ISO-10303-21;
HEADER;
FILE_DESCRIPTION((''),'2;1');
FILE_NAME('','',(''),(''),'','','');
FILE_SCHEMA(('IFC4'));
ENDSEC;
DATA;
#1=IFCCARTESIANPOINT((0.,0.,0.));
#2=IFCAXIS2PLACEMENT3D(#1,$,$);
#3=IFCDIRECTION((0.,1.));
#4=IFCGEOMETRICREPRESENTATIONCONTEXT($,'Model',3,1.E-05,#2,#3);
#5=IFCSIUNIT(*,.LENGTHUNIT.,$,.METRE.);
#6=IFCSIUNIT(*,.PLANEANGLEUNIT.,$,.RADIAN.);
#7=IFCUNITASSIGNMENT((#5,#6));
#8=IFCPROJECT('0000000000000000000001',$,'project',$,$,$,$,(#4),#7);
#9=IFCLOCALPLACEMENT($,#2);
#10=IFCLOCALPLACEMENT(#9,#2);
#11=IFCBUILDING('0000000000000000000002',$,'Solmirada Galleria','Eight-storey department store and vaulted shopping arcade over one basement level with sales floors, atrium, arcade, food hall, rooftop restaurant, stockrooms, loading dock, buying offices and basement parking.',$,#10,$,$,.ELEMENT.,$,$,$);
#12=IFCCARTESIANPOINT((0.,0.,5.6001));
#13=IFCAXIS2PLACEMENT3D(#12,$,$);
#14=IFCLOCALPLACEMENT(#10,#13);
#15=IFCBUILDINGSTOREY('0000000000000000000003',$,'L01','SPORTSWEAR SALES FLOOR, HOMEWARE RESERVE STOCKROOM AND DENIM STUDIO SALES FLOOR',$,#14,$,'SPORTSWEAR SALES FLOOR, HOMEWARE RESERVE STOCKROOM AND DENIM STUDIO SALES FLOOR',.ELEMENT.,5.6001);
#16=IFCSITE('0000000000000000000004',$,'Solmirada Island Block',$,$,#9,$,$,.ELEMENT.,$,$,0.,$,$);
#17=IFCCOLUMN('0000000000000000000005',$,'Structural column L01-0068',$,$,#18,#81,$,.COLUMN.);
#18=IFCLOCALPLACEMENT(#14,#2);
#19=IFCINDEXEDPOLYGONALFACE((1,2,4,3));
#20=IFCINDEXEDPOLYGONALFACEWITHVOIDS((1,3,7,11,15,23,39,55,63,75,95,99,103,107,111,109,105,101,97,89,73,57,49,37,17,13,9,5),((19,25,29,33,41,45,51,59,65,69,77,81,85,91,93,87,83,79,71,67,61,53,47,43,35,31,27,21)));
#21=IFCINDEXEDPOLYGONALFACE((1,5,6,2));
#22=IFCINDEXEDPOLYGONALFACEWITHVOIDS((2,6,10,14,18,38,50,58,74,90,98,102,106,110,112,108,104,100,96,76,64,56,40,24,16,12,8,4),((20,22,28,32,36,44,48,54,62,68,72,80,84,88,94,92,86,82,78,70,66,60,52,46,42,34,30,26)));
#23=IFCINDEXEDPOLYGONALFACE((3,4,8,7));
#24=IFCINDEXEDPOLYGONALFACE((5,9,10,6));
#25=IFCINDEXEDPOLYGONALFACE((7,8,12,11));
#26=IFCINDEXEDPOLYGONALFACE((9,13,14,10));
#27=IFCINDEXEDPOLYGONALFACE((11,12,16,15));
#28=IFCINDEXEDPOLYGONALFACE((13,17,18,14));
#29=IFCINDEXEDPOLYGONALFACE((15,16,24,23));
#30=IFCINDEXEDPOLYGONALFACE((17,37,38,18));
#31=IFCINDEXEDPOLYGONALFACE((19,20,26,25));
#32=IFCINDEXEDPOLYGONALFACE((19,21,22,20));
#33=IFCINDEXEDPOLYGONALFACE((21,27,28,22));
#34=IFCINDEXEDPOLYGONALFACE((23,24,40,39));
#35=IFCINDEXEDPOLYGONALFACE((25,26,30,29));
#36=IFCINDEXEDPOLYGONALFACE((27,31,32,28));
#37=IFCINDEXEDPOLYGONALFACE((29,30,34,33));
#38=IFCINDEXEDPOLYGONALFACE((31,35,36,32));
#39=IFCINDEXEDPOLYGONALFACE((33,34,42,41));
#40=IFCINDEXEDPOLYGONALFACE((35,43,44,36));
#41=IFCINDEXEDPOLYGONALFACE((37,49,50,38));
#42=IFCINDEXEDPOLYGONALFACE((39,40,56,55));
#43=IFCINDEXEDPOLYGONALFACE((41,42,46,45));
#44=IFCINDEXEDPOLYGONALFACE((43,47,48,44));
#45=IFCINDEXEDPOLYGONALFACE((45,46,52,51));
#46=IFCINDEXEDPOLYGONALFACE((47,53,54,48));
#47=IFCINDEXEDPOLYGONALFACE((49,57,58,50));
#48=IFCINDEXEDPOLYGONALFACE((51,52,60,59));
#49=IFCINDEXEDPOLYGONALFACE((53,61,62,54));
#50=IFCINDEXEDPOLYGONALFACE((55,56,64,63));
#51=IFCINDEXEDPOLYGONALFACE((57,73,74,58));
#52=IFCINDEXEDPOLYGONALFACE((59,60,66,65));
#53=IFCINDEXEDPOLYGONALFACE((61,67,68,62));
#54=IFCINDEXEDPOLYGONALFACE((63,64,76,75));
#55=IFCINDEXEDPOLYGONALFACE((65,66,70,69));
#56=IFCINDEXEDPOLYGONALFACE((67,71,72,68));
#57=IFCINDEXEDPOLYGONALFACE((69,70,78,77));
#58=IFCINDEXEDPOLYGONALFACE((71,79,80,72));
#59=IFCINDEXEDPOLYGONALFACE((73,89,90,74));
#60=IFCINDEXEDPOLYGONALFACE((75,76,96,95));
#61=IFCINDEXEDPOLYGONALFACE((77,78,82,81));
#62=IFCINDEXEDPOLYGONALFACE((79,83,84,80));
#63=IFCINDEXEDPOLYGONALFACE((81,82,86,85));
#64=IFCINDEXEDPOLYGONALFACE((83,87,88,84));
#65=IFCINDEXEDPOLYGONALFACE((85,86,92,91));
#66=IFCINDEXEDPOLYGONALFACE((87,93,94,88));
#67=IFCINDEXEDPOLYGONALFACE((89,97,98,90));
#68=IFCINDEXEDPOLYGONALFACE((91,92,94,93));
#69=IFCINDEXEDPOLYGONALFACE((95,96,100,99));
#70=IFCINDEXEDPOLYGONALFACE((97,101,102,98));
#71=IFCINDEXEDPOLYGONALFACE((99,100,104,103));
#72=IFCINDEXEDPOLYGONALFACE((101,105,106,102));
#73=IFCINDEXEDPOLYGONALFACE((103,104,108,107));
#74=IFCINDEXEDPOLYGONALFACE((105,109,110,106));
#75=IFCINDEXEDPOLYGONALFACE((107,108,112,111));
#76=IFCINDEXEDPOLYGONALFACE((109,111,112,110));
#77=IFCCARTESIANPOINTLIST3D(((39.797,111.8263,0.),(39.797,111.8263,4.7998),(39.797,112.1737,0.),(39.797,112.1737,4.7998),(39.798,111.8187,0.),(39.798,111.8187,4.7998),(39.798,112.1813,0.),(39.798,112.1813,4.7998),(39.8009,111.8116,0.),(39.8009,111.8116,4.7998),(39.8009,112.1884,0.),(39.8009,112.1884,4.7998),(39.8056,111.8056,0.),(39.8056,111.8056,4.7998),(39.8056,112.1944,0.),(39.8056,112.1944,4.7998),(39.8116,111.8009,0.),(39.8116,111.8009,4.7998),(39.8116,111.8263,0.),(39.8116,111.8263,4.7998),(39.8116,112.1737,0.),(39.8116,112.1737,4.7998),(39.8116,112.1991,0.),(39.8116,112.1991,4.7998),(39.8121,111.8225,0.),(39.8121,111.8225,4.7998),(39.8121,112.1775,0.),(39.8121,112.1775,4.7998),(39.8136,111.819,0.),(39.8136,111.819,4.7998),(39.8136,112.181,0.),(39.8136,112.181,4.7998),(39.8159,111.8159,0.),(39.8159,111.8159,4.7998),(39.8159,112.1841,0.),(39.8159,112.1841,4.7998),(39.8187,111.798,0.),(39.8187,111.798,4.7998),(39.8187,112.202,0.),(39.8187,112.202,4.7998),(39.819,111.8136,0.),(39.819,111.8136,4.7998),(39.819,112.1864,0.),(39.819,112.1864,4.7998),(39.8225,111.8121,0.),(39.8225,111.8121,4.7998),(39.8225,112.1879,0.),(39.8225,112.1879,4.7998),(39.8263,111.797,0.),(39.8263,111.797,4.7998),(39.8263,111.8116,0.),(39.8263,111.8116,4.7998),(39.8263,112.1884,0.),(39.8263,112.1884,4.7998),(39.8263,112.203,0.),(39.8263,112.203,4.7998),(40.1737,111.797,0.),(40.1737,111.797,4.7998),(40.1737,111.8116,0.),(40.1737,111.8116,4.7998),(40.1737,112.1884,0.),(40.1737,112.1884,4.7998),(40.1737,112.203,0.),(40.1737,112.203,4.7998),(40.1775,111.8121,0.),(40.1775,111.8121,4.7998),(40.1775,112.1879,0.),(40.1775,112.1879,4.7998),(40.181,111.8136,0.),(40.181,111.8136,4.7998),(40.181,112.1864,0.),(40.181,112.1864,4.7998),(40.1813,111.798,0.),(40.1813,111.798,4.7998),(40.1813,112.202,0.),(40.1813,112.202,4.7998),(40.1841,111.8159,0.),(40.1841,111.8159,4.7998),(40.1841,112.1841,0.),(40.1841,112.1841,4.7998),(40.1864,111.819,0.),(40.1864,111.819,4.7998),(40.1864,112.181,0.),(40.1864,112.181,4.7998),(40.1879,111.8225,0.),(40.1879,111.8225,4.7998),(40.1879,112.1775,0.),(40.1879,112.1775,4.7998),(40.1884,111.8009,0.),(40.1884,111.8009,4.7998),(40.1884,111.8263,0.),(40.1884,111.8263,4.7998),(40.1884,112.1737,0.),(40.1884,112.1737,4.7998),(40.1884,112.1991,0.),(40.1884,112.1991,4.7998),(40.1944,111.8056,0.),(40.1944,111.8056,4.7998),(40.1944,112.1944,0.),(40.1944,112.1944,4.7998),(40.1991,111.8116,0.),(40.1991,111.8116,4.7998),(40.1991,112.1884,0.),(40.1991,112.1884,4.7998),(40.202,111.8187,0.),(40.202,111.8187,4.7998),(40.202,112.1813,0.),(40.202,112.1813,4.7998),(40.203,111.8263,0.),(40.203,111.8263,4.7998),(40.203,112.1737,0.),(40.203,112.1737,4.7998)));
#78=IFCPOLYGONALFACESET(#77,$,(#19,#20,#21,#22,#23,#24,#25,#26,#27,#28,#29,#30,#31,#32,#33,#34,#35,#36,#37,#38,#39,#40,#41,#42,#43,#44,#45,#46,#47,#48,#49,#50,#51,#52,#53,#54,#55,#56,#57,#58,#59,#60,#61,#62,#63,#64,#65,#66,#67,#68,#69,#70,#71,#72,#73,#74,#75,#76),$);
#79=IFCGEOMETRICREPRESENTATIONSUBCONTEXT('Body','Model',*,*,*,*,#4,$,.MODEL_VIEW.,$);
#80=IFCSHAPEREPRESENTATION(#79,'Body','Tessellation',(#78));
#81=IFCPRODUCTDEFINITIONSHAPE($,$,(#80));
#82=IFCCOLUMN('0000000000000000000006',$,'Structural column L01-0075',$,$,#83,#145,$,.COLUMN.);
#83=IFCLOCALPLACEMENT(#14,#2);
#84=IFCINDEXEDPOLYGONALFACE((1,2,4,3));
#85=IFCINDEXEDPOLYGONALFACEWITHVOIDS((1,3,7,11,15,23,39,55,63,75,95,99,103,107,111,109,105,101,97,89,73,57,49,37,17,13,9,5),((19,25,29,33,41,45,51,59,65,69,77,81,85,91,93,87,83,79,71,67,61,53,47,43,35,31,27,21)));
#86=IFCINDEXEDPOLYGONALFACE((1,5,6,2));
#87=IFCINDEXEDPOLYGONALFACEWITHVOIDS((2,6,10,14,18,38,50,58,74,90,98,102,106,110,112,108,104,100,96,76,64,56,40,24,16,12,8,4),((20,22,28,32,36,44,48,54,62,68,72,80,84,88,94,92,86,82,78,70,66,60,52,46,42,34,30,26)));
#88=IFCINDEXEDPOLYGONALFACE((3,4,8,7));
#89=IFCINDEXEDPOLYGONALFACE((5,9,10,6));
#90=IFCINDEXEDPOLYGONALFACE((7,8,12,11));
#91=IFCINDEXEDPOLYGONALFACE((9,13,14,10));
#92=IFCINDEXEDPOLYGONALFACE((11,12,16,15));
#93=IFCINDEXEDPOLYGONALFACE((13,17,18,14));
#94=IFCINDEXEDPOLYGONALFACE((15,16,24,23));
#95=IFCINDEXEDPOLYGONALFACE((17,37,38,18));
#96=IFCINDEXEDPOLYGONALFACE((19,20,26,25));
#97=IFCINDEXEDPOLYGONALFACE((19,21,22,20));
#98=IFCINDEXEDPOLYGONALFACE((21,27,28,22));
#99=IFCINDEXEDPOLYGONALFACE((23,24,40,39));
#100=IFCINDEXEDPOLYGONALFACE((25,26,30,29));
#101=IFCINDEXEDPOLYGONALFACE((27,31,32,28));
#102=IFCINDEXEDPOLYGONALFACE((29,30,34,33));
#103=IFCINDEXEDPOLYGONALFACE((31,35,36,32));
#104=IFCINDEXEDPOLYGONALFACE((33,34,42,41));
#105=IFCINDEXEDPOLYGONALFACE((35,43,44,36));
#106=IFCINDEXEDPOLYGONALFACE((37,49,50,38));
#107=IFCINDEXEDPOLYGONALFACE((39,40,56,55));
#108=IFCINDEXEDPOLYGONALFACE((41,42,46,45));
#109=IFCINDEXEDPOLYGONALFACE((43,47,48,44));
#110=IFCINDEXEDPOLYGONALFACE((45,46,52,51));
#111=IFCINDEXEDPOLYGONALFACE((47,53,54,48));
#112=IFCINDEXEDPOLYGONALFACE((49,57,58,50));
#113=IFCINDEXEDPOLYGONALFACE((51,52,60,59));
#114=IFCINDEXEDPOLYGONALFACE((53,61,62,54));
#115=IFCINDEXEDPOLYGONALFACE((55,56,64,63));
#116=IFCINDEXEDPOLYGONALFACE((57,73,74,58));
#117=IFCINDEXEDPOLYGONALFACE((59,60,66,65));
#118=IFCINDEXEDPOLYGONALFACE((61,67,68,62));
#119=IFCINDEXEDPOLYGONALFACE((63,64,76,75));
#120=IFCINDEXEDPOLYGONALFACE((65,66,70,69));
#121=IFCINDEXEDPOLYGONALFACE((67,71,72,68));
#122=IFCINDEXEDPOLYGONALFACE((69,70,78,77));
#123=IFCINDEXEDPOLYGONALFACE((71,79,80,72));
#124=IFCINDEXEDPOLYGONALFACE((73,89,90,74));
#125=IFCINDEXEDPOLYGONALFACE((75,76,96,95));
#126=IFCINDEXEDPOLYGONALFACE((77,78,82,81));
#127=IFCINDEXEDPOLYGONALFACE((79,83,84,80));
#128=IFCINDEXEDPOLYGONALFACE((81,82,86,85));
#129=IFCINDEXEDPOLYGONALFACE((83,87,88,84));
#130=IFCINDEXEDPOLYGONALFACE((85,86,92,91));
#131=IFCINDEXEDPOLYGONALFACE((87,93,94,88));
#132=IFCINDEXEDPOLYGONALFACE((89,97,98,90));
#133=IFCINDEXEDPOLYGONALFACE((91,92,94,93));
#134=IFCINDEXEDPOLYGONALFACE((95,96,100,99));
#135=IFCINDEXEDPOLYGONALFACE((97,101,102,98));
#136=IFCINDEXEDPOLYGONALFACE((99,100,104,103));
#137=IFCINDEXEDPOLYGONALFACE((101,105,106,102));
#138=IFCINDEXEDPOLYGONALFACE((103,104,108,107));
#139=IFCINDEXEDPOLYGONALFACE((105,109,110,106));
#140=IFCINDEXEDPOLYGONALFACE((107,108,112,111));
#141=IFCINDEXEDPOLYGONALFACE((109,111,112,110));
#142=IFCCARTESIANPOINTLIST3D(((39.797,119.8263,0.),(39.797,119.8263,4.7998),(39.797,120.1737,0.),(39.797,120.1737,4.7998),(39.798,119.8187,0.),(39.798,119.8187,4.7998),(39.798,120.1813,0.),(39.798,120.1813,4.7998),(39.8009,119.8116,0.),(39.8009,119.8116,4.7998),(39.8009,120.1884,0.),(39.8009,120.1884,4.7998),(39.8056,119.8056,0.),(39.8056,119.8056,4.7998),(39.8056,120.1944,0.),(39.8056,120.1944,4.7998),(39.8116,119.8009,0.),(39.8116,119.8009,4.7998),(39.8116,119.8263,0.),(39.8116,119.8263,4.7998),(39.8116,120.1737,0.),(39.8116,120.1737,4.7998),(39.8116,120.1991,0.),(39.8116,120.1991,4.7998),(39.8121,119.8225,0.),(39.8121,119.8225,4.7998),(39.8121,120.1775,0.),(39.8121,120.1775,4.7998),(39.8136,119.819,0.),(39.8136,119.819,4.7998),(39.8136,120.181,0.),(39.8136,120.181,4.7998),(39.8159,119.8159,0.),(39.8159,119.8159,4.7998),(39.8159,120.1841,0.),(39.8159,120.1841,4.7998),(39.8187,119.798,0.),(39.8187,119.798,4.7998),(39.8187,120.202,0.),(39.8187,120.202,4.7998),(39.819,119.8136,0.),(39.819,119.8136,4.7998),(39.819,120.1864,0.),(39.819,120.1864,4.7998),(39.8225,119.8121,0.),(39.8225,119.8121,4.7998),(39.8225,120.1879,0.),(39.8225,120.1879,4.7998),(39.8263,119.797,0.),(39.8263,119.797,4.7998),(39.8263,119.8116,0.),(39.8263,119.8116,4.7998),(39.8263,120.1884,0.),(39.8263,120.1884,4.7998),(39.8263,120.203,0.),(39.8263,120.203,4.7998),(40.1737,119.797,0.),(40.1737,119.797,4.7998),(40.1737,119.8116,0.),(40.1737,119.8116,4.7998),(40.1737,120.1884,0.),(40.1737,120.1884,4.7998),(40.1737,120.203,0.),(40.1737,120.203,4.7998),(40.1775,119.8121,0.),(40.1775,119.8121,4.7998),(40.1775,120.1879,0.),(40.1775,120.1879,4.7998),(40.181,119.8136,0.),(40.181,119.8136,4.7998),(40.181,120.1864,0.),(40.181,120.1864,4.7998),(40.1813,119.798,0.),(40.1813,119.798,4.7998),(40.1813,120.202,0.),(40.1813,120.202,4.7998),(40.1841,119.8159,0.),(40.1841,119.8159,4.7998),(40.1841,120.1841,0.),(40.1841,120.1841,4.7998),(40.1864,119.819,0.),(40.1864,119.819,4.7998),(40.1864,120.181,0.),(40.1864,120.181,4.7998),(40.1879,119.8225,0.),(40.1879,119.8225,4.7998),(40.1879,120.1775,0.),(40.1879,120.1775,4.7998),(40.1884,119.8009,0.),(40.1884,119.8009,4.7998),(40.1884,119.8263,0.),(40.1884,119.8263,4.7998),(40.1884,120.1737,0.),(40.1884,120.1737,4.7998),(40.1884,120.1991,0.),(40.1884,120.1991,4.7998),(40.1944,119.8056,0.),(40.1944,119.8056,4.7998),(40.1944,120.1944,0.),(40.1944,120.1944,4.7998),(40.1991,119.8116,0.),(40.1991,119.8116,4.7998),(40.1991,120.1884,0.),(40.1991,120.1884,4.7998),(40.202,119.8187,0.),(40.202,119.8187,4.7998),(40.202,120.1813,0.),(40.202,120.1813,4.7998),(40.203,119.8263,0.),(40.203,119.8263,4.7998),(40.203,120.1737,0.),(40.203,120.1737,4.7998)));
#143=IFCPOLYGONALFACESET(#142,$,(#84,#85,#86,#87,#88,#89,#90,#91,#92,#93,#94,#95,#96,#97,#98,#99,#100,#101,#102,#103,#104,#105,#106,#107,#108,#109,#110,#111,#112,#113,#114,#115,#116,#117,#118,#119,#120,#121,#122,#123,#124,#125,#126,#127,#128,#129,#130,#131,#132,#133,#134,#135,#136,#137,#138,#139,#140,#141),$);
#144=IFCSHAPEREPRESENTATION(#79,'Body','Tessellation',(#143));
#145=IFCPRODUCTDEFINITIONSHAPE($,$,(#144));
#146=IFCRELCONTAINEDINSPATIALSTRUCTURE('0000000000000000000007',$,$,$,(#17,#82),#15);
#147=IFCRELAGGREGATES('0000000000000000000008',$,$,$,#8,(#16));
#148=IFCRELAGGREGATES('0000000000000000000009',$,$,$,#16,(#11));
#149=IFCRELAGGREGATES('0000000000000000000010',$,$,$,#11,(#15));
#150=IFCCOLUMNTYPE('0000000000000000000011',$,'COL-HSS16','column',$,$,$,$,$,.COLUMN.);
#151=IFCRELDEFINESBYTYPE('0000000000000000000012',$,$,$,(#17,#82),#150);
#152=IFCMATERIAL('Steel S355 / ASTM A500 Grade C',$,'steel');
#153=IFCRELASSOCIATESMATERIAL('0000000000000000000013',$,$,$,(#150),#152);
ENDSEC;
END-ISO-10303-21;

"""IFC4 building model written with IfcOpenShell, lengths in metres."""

from ifc_helpers import new_model, si_unit, direction, frame, origin, origin_2d, place, context, subcontext, project, spatial, hollow_rectangle, extrude, material, material_profile, profile_set, type_object, element, save


model = new_model("IFC4")

# Units and contexts
model_context = context("Model", 3, precision=1e-05, world=origin(), true_north=direction((0.0, 1.0)))
body_context = subcontext(model_context, "Body", "Model", "MODEL_VIEW")
ifc_project = project(units=[si_unit("LENGTHUNIT", "METRE"), si_unit("PLANEANGLEUNIT", "RADIAN")], contexts=[model_context])

# Site, building, storey
site_placement = place(None, origin())
site = spatial("IfcSite", under=ifc_project, at=site_placement, Name="Solmirada Island Block", CompositionType="ELEMENT", RefElevation=0.0)
building_placement = place(site_placement, origin())
building = spatial("IfcBuilding", under=site, at=building_placement, Name="Solmirada Galleria", Description="Eight-storey department store and vaulted shopping arcade over one basement level with sales floors, atrium, arcade, food hall, rooftop restaurant, stockrooms, loading dock, buying offices and basement parking.", CompositionType="ELEMENT")
storey_placement = place(building_placement, frame((0.0, 0.0, 5.6001)))
storey = spatial("IfcBuildingStorey", under=building, at=storey_placement, Name="L01", Description="SPORTSWEAR SALES FLOOR, HOMEWARE RESERVE STOCKROOM AND DENIM STUDIO SALES FLOOR", LongName="SPORTSWEAR SALES FLOOR, HOMEWARE RESERVE STOCKROOM AND DENIM STUDIO SALES FLOOR", CompositionType="ELEMENT", Elevation=5.6001)

# Columns
ifc_material_1 = material(Name="Steel S355 / ASTM A500 Grade C", Category="steel")
ifc_material_profile_1 = material_profile(ifc_material_1, hollow_rectangle(XDim=0.406, YDim=0.406, WallThickness=0.0146, InnerFilletRadius=0.0146, OuterFilletRadius=0.0293, at=origin_2d()), Name="HSS16X16X5/8")
ifc_profile_set_1 = profile_set([ifc_material_profile_1], Name="Steel S355 / ASTM A500 Grade C")
column_type = type_object("IfcColumnType", Name="COL-HSS16", Description="column", PredefinedType="COLUMN", material=ifc_profile_set_1)
for number, where, z_axis, x_axis, name in (
    (1, (40.0, 112.0, 0.0), (0.0, 0.0, 1.0), (1.0, 0.0, 0.0), "Structural column L01-0068"),
    (2, (40.0, 120.0, 0.0), (0.0, 0.0, 1.0), (1.0, 0.0, 0.0), "Structural column L01-0075"),
):
    element("IfcColumn", number, at=place(storey_placement, frame(where, z_axis=z_axis, x_axis=x_axis)), inside=storey, type_object=column_type, Name=name, PredefinedType="COLUMN", context=body_context, shape_type="SweptSolid", body=[
        extrude(hollow_rectangle(XDim=0.406, YDim=0.406, WallThickness=0.0146, InnerFilletRadius=0.0146, OuterFilletRadius=0.0293, at=origin_2d()), origin(), (0.0, 0.0, 1.0), 4.7998),
    ])

save(model, "model.ifc")
